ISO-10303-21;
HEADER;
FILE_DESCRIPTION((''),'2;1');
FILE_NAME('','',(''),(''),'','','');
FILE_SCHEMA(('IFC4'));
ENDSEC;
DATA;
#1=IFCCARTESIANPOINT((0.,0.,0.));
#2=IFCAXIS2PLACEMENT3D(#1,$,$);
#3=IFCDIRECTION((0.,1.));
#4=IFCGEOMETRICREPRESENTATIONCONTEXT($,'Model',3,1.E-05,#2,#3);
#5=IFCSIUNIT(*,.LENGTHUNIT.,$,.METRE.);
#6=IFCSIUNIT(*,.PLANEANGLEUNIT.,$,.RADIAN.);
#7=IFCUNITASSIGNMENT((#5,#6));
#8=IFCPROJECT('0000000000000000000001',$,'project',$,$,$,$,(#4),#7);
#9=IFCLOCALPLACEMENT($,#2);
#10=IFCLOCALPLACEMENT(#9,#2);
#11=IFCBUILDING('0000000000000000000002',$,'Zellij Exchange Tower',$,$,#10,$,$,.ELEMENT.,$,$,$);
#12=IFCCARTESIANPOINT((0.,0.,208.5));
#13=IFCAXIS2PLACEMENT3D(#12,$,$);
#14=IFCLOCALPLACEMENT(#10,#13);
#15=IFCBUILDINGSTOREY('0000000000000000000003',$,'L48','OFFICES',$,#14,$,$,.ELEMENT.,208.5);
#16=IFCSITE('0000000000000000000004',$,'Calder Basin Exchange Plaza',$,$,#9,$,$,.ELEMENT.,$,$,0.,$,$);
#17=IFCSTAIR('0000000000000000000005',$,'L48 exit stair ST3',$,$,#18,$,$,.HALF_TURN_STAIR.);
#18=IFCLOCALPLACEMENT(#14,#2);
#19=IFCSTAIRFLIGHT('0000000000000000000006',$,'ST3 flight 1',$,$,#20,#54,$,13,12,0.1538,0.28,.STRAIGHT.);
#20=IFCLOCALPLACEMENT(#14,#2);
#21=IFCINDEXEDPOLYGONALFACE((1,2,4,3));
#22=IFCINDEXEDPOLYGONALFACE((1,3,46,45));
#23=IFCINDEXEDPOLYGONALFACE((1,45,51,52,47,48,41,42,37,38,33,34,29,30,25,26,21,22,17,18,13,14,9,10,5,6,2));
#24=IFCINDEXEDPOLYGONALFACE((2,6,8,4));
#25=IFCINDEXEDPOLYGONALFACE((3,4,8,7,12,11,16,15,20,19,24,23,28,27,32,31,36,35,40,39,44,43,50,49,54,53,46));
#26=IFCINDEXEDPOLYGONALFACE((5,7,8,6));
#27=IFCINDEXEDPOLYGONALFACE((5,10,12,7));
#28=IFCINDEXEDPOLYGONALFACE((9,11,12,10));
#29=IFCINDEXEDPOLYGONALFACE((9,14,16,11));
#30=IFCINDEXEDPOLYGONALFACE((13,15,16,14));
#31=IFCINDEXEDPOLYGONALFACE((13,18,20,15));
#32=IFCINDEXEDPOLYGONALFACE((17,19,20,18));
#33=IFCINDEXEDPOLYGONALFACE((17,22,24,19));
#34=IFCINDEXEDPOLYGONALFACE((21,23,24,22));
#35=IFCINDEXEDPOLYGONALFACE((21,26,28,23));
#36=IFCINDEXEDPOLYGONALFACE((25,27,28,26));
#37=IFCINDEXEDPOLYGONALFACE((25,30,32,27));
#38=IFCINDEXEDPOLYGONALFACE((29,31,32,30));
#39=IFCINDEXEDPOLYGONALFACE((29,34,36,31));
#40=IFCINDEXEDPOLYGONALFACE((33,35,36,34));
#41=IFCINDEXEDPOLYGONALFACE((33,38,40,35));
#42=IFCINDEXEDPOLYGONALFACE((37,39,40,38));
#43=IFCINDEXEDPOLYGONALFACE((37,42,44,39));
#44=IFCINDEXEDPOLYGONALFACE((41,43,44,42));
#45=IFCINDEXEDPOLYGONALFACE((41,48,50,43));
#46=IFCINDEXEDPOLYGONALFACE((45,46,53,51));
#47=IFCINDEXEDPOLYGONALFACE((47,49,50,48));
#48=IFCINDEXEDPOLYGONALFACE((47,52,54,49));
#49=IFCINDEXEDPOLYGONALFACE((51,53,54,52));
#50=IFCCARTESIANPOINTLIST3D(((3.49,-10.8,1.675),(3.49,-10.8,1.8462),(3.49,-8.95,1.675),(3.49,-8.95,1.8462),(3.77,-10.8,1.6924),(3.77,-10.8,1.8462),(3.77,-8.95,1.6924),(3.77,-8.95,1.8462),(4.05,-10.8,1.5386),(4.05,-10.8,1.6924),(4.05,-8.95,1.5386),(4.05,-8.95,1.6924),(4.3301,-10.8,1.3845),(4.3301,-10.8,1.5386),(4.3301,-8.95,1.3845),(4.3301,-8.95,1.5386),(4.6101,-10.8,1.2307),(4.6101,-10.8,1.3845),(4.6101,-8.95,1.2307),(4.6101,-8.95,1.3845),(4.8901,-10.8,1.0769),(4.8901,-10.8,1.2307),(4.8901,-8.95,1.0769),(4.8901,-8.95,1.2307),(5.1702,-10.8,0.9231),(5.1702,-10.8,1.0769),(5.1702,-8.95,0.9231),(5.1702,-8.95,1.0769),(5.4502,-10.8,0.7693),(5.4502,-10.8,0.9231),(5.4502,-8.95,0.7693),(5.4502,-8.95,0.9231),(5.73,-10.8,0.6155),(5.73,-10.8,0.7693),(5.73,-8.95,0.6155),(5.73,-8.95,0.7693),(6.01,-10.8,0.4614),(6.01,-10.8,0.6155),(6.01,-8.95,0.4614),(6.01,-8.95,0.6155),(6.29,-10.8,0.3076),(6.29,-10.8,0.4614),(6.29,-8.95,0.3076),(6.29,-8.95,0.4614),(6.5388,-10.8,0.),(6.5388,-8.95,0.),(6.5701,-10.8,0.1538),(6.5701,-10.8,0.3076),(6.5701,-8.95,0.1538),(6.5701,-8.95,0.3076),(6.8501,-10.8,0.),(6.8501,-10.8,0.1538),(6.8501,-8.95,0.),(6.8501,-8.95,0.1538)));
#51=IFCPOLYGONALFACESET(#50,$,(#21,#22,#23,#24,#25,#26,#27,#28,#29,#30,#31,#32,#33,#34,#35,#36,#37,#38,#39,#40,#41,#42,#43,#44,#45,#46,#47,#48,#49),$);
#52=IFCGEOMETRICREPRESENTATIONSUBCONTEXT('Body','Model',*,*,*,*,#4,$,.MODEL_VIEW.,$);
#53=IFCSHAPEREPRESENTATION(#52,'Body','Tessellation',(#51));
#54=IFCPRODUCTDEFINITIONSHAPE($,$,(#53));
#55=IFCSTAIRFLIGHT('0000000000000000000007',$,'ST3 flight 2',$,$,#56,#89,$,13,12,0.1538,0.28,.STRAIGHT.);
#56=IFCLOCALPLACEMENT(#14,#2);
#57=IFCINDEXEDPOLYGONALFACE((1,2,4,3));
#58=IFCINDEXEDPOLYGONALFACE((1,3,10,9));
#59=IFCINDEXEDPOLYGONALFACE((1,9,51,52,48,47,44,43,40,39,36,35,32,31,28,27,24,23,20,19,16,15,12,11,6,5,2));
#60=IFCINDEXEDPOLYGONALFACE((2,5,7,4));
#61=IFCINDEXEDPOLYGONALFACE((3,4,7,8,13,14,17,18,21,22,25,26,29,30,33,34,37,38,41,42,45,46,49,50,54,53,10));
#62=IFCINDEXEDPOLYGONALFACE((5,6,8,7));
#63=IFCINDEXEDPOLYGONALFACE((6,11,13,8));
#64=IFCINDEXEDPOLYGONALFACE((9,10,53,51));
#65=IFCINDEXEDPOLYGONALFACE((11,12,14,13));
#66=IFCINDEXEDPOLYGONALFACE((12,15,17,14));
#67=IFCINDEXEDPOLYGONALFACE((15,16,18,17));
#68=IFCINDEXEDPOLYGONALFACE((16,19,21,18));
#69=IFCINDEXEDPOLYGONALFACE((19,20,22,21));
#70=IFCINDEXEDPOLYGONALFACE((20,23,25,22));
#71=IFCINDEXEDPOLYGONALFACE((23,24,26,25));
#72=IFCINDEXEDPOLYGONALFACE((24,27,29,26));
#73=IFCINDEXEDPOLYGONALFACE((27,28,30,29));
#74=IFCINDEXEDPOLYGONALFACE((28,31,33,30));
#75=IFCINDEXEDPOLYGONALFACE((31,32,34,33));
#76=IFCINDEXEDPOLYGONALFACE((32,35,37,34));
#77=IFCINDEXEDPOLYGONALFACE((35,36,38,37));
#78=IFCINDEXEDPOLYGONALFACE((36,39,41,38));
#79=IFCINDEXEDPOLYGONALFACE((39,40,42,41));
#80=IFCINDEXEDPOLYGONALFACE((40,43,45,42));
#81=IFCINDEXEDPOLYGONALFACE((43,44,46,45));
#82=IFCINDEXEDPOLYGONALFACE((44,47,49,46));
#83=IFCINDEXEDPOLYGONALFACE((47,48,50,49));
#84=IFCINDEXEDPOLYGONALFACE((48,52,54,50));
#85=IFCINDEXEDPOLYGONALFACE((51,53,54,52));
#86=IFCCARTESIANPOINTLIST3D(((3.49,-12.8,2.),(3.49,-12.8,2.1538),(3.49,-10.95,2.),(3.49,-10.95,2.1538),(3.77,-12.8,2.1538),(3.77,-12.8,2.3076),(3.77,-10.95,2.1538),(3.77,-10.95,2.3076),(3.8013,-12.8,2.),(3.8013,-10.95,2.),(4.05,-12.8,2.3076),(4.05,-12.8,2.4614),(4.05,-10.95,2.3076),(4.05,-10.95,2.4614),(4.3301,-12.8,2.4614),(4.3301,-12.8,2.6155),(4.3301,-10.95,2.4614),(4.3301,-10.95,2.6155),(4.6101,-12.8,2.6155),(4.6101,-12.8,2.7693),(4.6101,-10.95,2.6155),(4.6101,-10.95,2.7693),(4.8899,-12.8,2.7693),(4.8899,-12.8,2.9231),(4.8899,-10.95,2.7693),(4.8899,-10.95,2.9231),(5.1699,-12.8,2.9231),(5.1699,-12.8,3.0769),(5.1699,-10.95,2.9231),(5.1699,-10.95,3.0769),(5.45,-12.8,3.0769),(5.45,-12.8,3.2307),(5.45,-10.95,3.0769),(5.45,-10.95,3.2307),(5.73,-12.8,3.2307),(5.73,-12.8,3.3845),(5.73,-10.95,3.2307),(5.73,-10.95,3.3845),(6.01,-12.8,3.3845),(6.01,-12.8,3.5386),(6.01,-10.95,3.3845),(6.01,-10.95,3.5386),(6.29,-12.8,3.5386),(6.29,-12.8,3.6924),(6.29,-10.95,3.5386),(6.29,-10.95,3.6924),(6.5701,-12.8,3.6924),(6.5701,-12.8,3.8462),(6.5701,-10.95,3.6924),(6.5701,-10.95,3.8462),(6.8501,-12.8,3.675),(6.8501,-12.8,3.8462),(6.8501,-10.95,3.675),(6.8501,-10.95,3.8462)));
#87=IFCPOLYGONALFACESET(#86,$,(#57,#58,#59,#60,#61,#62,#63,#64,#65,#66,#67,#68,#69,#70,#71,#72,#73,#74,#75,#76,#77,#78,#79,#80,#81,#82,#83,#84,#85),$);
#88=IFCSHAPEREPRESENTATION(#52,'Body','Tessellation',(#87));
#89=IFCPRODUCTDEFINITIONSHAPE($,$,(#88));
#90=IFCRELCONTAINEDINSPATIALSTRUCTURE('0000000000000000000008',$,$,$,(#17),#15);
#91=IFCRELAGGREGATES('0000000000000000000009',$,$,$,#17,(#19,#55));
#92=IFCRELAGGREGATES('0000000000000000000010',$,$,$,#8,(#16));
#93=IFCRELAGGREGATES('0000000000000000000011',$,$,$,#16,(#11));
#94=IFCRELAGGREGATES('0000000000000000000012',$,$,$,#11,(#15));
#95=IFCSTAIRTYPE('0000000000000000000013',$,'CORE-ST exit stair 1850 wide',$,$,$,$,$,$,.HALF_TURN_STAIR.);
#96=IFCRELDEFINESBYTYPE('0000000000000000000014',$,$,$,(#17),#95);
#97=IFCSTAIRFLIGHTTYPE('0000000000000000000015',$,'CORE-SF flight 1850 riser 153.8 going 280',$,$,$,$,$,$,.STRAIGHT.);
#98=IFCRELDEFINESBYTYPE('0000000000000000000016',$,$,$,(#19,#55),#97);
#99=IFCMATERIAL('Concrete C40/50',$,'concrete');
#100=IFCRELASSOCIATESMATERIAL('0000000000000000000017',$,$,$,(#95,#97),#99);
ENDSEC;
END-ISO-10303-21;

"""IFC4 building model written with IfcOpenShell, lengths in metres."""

from ifc_helpers import new_model, si_unit, direction, frame, origin, place, context, subcontext, project, spatial, polyline, outline, extrude, material, type_object, element, aggregate, save


model = new_model("IFC4")

# Units and contexts
model_context = context("Model", 3, precision=1e-05, world=origin(), true_north=direction((0.0, 1.0)))
body_context = subcontext(model_context, "Body", "Model", "MODEL_VIEW")
ifc_project = project(units=[si_unit("LENGTHUNIT", "METRE"), si_unit("PLANEANGLEUNIT", "RADIAN")], contexts=[model_context])

# Site, building, storey
site_placement = place(None, origin())
site = spatial("IfcSite", under=ifc_project, at=site_placement, Name="Calder Basin Exchange Plaza", CompositionType="ELEMENT", RefElevation=0.0)
building_placement = place(site_placement, origin())
building = spatial("IfcBuilding", under=site, at=building_placement, Name="Zellij Exchange Tower", CompositionType="ELEMENT")
storey_placement = place(building_placement, frame((0.0, 0.0, 208.5)))
storey = spatial("IfcBuildingStorey", under=building, at=storey_placement, Name="L48", Description="OFFICES", CompositionType="ELEMENT", Elevation=208.5)

# Stair, stair flights
ifc_material_1 = material(Name="Concrete C40/50", Category="concrete")
stair_type = type_object("IfcStairType", Name="CORE-ST exit stair 1850 wide", PredefinedType="HALF_TURN_STAIR", material=ifc_material_1)
stair_placement = place(storey_placement, origin())
stair = element("IfcStair", 1, at=stair_placement, inside=storey, type_object=stair_type, Name="L48 exit stair ST3", PredefinedType="HALF_TURN_STAIR")
stair_flight_type = type_object("IfcStairFlightType", Name="CORE-SF flight 1850 riser 153.8 going 280", PredefinedType="STRAIGHT", material=ifc_material_1)
stair_flight_1_placement = place(storey_placement, frame((6.8501, -9.875, 0.0), z_axis=(0.0, 0.0, 1.0), x_axis=(-1.0, 0.0, 0.0)))
stair_flight_1 = element("IfcStairFlight", 2, at=stair_flight_1_placement, type_object=stair_flight_type, Name="ST3 flight 1", NumberOfRisers=13, NumberOfTreads=12, PredefinedType="STRAIGHT", RiserHeight=0.1538, TreadLength=0.28, context=body_context, shape_type="SweptSolid", body=[
    extrude(outline(polyline([(0.0, 0.0), (0.0, 0.1538), (0.28, 0.1538), (0.28, 0.3076), (0.5601, 0.3076), (0.5601, 0.4614), (0.8401, 0.4614), (0.8401, 0.6155), (1.1201, 0.6155), (1.1201, 0.7693), (1.3999, 0.7693), (1.3999, 0.9231), (1.6799, 0.9231), (1.6799, 1.0769), (1.96, 1.0769), (1.96, 1.2307), (2.24, 1.2307), (2.24, 1.3845), (2.52, 1.3845), (2.52, 1.5386), (2.8, 1.5386), (2.8, 1.6924), (3.0801, 1.6924), (3.0801, 1.8462), (3.3601, 1.8462), (3.3601, 2.0), (3.3601, 1.675), (0.3113, 0.0), (0.0, 0.0)])), frame((0.0, 0.925, 0.0), z_axis=(0.0, -1.0, 0.0), x_axis=(1.0, 0.0, 0.0)), (0.0, 0.0, 1.0), 1.8501),
])
stair_flight_2_placement = place(storey_placement, frame((3.49, -11.875, 2.0), z_axis=(0.0, 0.0, 1.0), x_axis=(1.0, 0.0, 0.0)))
stair_flight_2 = element("IfcStairFlight", 3, at=stair_flight_2_placement, type_object=stair_flight_type, Name="ST3 flight 2", NumberOfRisers=13, NumberOfTreads=12, PredefinedType="STRAIGHT", RiserHeight=0.1538, TreadLength=0.28, context=body_context, shape_type="SweptSolid", body=[
    extrude(outline(polyline([(0.0, 0.0), (0.0, 0.1538), (0.28, 0.1538), (0.28, 0.3076), (0.5601, 0.3076), (0.5601, 0.4614), (0.8401, 0.4614), (0.8401, 0.6155), (1.1201, 0.6155), (1.1201, 0.7693), (1.3999, 0.7693), (1.3999, 0.9231), (1.6799, 0.9231), (1.6799, 1.0769), (1.96, 1.0769), (1.96, 1.2307), (2.24, 1.2307), (2.24, 1.3845), (2.52, 1.3845), (2.52, 1.5386), (2.8, 1.5386), (2.8, 1.6924), (3.0801, 1.6924), (3.0801, 1.8462), (3.3601, 1.8462), (3.3601, 2.0), (3.3601, 1.675), (0.3113, 0.0), (0.0, 0.0)])), frame((0.0, 0.925, 0.0), z_axis=(0.0, -1.0, 0.0), x_axis=(1.0, 0.0, 0.0)), (0.0, 0.0, 1.0), 1.8501),
])
aggregate(stair, [stair_flight_1, stair_flight_2])

save(model, "model.ifc")
